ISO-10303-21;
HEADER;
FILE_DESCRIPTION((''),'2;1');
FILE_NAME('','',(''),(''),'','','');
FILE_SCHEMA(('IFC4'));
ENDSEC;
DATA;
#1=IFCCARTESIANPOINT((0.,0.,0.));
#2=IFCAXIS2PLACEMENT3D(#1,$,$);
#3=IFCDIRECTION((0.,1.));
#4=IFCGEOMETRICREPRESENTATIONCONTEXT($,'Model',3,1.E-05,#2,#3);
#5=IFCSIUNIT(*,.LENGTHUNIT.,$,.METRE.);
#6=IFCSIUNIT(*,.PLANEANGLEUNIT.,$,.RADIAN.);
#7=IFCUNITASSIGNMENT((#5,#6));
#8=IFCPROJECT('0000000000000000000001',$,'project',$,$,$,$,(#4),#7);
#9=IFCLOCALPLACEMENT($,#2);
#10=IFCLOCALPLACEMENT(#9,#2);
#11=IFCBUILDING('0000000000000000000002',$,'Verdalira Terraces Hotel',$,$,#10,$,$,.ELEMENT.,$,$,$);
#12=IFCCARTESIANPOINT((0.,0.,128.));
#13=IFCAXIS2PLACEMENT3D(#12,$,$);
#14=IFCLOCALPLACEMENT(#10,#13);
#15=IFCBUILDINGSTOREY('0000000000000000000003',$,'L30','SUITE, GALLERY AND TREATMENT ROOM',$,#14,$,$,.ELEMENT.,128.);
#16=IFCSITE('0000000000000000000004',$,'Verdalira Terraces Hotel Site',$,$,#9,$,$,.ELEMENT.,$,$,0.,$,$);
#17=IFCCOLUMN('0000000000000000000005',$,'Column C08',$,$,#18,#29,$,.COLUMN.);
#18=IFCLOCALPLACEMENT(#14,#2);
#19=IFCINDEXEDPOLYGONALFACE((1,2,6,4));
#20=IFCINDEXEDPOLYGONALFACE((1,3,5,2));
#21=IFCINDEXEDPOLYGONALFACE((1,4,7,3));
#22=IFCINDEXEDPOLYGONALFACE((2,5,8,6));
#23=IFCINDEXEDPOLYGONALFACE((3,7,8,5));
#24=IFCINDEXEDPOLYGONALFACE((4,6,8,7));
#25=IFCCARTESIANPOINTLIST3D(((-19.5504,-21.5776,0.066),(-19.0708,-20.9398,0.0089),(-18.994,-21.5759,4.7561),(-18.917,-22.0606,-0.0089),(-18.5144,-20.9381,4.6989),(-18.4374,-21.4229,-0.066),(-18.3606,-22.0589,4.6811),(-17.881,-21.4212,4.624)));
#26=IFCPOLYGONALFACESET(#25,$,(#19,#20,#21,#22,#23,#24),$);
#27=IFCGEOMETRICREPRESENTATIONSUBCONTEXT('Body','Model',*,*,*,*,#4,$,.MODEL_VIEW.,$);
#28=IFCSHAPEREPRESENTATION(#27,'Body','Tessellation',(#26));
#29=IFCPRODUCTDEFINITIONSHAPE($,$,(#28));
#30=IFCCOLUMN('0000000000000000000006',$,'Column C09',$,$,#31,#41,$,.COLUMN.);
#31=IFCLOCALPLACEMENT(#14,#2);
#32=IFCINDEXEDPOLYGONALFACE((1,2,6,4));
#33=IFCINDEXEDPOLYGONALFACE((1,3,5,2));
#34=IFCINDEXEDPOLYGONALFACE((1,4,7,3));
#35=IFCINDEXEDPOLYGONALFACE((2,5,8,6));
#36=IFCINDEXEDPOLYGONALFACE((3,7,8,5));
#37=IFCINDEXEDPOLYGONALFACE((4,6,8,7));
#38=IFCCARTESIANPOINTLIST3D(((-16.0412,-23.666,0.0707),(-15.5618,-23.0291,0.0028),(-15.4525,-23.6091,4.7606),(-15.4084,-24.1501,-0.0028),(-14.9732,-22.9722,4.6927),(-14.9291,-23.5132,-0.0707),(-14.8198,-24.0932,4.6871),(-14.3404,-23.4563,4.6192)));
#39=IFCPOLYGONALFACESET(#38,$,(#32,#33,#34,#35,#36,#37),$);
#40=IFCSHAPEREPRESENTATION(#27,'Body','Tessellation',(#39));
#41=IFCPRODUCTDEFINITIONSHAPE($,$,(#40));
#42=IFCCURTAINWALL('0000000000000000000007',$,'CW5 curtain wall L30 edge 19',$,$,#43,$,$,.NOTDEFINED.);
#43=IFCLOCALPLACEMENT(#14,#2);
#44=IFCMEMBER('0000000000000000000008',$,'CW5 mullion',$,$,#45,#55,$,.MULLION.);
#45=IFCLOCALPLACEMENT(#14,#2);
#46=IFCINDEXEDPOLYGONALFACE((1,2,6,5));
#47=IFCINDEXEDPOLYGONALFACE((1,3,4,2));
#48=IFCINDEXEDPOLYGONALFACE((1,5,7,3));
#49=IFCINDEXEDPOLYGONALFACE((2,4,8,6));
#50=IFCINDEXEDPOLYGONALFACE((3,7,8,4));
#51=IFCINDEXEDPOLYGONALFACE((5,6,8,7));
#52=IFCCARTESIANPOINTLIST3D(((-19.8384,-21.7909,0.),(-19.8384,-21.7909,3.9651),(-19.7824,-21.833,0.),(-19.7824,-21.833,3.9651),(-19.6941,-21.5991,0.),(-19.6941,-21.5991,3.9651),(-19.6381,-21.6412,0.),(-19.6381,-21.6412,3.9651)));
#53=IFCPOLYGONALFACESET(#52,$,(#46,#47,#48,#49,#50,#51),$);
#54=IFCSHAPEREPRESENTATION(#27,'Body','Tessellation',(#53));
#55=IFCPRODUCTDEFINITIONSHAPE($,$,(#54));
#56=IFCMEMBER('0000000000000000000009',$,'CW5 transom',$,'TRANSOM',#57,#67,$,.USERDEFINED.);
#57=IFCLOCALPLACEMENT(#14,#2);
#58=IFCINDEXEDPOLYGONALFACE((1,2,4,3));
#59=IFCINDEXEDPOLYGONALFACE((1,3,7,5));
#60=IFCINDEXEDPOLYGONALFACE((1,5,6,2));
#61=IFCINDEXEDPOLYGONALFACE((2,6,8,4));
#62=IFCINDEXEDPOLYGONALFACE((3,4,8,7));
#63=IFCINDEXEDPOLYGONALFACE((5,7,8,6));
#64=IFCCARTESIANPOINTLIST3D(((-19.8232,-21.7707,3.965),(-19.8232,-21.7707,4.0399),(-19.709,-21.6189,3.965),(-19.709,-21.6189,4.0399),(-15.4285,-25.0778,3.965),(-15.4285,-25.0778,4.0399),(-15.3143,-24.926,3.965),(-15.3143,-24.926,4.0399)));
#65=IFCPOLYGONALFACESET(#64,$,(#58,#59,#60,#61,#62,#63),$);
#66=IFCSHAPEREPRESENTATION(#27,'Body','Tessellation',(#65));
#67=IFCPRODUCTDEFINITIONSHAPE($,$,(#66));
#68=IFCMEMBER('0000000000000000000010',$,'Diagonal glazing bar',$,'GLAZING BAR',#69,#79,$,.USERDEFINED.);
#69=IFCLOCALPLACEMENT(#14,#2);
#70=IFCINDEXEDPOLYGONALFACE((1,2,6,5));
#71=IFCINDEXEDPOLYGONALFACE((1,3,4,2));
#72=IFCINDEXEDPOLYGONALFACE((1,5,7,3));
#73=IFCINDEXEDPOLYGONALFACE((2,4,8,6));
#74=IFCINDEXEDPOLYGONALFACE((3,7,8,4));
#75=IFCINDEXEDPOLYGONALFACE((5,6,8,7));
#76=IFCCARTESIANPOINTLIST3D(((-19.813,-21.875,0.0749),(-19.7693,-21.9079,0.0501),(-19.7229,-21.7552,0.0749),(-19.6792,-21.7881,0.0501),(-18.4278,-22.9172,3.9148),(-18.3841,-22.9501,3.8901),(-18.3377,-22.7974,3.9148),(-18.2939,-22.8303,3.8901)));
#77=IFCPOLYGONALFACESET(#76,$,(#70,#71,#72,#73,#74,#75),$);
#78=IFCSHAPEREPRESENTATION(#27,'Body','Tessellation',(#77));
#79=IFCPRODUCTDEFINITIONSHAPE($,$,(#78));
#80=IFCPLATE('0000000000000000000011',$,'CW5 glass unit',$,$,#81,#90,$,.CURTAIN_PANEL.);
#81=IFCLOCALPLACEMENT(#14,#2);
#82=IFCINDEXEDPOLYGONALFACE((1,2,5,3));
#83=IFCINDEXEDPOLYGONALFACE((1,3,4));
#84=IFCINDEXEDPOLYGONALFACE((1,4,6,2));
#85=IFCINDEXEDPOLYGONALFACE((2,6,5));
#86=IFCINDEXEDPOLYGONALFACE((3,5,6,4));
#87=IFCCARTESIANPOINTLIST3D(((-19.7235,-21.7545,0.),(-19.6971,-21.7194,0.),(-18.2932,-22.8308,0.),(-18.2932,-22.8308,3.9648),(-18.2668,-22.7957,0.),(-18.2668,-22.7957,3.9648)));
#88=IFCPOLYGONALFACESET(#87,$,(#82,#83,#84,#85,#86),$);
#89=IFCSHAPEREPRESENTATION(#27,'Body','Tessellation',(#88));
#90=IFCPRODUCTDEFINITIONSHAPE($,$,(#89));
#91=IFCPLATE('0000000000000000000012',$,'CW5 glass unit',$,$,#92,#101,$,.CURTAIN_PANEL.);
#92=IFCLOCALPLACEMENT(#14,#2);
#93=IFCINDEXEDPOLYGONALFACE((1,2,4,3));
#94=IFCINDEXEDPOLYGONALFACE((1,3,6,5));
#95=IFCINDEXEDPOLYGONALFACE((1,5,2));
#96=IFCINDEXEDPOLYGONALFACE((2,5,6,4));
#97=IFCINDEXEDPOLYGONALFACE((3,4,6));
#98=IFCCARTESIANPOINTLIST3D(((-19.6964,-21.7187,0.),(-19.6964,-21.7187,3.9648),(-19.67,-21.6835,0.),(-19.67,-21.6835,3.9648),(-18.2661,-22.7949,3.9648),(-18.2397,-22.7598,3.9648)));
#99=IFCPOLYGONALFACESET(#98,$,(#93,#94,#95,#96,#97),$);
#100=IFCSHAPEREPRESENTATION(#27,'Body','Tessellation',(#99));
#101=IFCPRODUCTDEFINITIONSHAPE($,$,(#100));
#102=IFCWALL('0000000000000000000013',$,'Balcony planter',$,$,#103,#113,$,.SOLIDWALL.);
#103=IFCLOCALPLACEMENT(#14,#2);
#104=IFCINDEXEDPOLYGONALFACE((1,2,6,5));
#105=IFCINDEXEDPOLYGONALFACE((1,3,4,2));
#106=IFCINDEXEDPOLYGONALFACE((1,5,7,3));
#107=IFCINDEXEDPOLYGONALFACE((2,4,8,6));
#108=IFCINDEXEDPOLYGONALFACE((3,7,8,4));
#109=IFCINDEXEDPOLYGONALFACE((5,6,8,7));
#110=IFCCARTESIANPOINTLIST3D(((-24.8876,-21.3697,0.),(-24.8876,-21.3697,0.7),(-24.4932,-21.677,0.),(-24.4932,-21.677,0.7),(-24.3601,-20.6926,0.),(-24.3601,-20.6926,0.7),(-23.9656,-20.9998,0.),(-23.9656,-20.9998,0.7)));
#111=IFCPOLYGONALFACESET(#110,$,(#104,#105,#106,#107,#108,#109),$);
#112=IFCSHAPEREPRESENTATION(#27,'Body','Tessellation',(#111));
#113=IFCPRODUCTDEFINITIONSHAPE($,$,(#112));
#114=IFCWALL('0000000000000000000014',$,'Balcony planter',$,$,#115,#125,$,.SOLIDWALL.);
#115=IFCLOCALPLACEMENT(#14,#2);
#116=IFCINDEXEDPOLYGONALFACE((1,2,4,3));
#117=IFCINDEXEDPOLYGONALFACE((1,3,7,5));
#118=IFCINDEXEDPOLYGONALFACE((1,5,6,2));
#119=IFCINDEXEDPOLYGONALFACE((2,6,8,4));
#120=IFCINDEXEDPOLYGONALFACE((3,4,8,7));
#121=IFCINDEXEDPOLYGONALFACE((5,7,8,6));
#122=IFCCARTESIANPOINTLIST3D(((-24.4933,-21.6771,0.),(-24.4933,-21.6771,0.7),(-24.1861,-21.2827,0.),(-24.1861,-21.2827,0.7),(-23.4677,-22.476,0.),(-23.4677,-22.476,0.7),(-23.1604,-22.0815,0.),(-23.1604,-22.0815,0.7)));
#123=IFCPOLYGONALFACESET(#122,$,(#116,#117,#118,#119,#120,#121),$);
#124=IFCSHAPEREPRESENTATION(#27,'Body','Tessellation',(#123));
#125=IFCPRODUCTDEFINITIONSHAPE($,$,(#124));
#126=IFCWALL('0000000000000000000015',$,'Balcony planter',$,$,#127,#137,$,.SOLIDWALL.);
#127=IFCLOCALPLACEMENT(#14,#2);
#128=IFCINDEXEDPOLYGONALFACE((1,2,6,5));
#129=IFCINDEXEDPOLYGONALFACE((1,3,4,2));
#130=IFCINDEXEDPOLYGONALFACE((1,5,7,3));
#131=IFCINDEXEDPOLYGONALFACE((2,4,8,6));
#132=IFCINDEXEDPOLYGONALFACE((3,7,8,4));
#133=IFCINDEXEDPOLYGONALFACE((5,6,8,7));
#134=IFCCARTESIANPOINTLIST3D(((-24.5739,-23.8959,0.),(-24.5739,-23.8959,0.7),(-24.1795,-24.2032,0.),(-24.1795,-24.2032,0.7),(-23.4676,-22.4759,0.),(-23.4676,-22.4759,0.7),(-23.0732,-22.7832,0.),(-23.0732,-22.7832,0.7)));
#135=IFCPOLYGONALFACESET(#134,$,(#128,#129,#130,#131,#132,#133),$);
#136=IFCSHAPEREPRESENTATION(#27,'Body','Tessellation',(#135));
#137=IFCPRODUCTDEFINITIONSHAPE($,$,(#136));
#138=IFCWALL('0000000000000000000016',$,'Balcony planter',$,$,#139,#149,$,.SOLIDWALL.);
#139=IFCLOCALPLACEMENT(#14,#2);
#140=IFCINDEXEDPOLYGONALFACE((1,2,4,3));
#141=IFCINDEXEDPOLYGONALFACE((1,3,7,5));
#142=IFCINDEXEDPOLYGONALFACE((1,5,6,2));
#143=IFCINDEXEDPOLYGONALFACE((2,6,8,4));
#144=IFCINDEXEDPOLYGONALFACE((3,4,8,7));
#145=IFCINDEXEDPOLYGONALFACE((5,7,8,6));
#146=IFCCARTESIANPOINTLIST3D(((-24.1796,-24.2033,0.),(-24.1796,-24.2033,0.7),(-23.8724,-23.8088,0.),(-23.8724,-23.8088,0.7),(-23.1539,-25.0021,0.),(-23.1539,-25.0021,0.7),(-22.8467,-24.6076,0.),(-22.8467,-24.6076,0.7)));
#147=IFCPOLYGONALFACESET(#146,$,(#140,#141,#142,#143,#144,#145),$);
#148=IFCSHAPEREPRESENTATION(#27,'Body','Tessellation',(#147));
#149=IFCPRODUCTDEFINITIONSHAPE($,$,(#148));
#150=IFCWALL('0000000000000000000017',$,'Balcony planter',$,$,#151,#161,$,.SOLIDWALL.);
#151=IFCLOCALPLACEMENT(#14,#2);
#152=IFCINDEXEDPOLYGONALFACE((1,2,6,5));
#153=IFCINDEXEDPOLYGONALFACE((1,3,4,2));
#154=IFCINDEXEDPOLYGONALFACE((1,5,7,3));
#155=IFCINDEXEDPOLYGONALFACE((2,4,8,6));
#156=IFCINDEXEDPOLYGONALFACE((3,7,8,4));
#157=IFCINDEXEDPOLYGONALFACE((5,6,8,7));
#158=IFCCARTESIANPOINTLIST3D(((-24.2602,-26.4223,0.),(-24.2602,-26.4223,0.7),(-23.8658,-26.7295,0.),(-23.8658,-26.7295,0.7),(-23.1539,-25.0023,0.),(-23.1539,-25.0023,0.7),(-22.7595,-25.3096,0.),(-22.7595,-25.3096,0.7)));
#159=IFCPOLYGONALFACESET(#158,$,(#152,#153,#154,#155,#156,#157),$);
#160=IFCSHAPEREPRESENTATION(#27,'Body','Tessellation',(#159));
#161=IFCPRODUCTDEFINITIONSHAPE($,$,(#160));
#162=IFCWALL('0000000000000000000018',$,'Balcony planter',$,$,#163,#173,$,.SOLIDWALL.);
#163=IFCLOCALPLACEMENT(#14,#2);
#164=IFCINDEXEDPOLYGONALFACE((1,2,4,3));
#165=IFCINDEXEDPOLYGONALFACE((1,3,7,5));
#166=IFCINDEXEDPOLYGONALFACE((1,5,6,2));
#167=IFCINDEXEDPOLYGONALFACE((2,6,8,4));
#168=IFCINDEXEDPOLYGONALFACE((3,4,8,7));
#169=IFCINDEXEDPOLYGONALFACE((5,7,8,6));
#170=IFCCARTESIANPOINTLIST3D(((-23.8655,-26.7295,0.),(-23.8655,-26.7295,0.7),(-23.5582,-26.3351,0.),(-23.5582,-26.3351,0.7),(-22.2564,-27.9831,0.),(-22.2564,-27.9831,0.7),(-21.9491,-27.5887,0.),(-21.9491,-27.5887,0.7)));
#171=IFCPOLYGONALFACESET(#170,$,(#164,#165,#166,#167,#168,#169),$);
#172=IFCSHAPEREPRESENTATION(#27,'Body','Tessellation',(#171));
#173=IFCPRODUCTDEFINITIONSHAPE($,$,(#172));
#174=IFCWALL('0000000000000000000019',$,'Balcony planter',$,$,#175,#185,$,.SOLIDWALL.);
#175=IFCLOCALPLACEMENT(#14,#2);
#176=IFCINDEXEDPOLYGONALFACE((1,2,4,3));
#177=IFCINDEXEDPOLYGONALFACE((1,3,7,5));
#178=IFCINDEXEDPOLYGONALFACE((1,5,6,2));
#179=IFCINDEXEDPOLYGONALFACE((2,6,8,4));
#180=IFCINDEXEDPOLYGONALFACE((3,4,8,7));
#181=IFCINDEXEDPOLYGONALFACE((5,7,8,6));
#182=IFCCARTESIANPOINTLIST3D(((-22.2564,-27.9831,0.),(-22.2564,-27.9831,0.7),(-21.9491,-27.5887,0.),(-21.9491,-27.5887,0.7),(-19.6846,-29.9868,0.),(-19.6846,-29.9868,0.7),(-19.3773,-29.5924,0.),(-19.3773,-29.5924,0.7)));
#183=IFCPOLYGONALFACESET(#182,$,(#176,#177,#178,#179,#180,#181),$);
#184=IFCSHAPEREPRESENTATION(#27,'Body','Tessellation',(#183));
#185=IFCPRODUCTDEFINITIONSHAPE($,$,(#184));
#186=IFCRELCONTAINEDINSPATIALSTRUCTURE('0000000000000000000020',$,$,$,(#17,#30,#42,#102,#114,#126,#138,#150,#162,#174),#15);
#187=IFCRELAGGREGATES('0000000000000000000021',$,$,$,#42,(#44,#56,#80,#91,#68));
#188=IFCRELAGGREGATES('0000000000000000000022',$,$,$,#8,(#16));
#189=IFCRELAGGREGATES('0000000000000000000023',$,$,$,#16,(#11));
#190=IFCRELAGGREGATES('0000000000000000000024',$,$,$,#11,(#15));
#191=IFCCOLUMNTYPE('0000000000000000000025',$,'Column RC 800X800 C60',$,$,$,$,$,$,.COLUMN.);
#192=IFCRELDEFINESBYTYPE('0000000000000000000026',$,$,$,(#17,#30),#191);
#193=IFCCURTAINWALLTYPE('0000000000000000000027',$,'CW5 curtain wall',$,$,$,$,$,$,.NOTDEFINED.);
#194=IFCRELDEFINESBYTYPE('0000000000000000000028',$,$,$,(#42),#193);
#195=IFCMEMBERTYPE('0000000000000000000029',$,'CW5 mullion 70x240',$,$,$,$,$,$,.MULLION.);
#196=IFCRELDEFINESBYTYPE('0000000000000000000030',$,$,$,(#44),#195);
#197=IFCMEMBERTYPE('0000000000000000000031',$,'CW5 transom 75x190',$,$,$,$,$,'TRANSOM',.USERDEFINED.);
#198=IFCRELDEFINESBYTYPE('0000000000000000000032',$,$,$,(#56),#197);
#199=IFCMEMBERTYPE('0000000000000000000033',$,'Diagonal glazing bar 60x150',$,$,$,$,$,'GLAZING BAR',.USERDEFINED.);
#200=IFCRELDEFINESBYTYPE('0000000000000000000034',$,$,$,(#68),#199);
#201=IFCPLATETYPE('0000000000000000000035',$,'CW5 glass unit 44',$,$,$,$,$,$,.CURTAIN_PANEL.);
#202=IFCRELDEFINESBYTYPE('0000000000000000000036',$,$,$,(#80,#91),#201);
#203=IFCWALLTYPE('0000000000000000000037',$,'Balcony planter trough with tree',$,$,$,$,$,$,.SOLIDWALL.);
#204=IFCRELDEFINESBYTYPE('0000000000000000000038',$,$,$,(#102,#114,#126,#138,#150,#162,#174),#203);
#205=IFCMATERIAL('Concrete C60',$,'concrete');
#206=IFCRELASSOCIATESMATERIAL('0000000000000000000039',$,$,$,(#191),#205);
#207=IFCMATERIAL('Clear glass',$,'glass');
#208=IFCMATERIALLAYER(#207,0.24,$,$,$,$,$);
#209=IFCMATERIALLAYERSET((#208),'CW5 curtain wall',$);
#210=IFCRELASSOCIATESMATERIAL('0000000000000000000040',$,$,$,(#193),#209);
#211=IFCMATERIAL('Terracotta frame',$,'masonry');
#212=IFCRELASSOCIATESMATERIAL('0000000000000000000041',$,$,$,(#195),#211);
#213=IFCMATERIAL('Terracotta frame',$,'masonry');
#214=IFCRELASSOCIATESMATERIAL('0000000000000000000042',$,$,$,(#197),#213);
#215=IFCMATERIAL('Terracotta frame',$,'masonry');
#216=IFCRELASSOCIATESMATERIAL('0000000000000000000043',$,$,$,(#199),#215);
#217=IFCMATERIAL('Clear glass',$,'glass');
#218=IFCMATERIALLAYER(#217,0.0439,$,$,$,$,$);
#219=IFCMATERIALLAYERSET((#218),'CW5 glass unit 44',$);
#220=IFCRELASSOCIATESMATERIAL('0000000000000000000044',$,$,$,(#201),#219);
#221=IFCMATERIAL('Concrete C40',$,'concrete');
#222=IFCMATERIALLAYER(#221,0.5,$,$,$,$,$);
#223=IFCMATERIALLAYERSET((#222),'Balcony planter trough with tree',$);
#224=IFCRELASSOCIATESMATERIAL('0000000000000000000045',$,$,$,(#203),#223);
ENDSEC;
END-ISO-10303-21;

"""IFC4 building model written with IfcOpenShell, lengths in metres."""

from ifc_helpers import new_model, si_unit, direction, frame, frame_2d, origin, origin_2d, place, context, subcontext, project, spatial, polyline, rectangle, outline, extrude, material, layer, layer_set, material_profile, profile_set, type_object, element, aggregate, save


model = new_model("IFC4")

# Units and contexts
model_context = context("Model", 3, precision=1e-05, world=origin(), true_north=direction((0.0, 1.0)))
body_context = subcontext(model_context, "Body", "Model", "MODEL_VIEW")
ifc_project = project(units=[si_unit("LENGTHUNIT", "METRE"), si_unit("PLANEANGLEUNIT", "RADIAN")], contexts=[model_context])

# Site, building, storey
site_placement = place(None, origin())
site = spatial("IfcSite", under=ifc_project, at=site_placement, Name="Verdalira Terraces Hotel Site", CompositionType="ELEMENT", RefElevation=0.0)
building_placement = place(site_placement, origin())
building = spatial("IfcBuilding", under=site, at=building_placement, Name="Verdalira Terraces Hotel", CompositionType="ELEMENT")
storey_placement = place(building_placement, frame((0.0, 0.0, 128.0)))
storey = spatial("IfcBuildingStorey", under=building, at=storey_placement, Name="L30", Description="SUITE, GALLERY AND TREATMENT ROOM", CompositionType="ELEMENT", Elevation=128.0)

# Columns
ifc_material_1 = material(Name="Concrete C60", Category="concrete")
ifc_material_profile_1 = material_profile(ifc_material_1, rectangle(XDim=0.8, YDim=0.8, at=origin_2d()), Name="RC 800X800")
ifc_profile_set_1 = profile_set([ifc_material_profile_1], Name="Concrete C60")
column_type = type_object("IfcColumnType", Name="Column RC 800X800 C60", PredefinedType="COLUMN", material=ifc_profile_set_1)
column_1_placement = place(storey_placement, frame((-18.9939, -21.5002, 0.0), z_axis=(0.11781, 0.000362, 0.993036), x_axis=(0.791659, -0.603736, -0.093699)))
element("IfcColumn", 1, at=column_1_placement, inside=storey, type_object=column_type, Name="Column C08", PredefinedType="COLUMN", context=body_context, shape_type="SweptSolid", body=[
    extrude(rectangle(XDim=0.8, YDim=0.8, at=origin_2d()), origin(), (0.0, 0.0, 1.0), 4.7229),
])
column_2_placement = place(storey_placement, frame((-15.4851, -23.5896, 0.0), z_axis=(0.124522, 0.012034, 0.992144), x_axis=(0.790863, -0.605051, -0.091921)))
element("IfcColumn", 2, at=column_2_placement, inside=storey, type_object=column_type, Name="Column C09", PredefinedType="COLUMN", context=body_context, shape_type="SweptSolid", body=[
    extrude(rectangle(XDim=0.8, YDim=0.8, at=origin_2d()), origin(), (0.0, 0.0, 1.0), 4.7271),
])

# Curtain wall, members, plates
ifc_material_2 = material(Name="Clear glass", Category="glass")
ifc_layer_1 = layer(ifc_material_2, 0.24)
ifc_layer_set_1 = layer_set([ifc_layer_1], Name="CW5 curtain wall")
curtain_wall_type = type_object("IfcCurtainWallType", Name="CW5 curtain wall", PredefinedType="NOTDEFINED", material=ifc_layer_set_1)
curtain_wall_placement = place(storey_placement, origin())
curtain_wall = element("IfcCurtainWall", 3, at=curtain_wall_placement, inside=storey, type_object=curtain_wall_type, Name="CW5 curtain wall L30 edge 19", PredefinedType="NOTDEFINED")
ifc_material_3 = material(Name="Terracotta frame", Category="masonry")
ifc_material_profile_2 = material_profile(ifc_material_3, rectangle(XDim=0.0701, YDim=0.24, at=origin_2d()), Name="MU 70x240")
ifc_profile_set_2 = profile_set([ifc_material_profile_2], Name="Terracotta frame")
member_type_1 = type_object("IfcMemberType", Name="CW5 mullion 70x240", PredefinedType="MULLION", material=ifc_profile_set_2)
member_1_placement = place(storey_placement, frame((-19.7383, -21.7161, 0.0), z_axis=(0.0, 0.0, 1.0), x_axis=(0.799055, -0.601257, 0.0)))
member_1 = element("IfcMember", 4, at=member_1_placement, type_object=member_type_1, Name="CW5 mullion", PredefinedType="MULLION", context=body_context, shape_type="SweptSolid", body=[
    extrude(rectangle(XDim=0.0701, YDim=0.24, at=origin_2d()), origin(), (0.0, 0.0, 1.0), 3.9651),
])
ifc_material_4 = material(Name="Terracotta frame", Category="masonry")
ifc_material_profile_3 = material_profile(ifc_material_4, rectangle(XDim=0.1899, YDim=0.075, at=origin_2d()), Name="TR 75x190")
ifc_profile_set_3 = profile_set([ifc_material_profile_3], Name="Terracotta frame")
member_type_2 = type_object("IfcMemberType", Name="CW5 transom 75x190", ElementType="TRANSOM", PredefinedType="USERDEFINED", material=ifc_profile_set_3)
member_2_placement = place(storey_placement, frame((-19.7661, -21.6948, 4.0024), z_axis=(0.799035, -0.601285, 0.0), x_axis=(0.601285, 0.799035, 0.0)))
member_2 = element("IfcMember", 5, at=member_2_placement, type_object=member_type_2, Name="CW5 transom", ObjectType="TRANSOM", PredefinedType="USERDEFINED", context=body_context, shape_type="SweptSolid", body=[
    extrude(rectangle(XDim=0.1899, YDim=0.075, at=origin_2d()), origin(), (0.0, 0.0, 1.0), 5.5),
])
ifc_material_5 = material(Name="Terracotta frame", Category="masonry")
ifc_material_profile_4 = material_profile(ifc_material_5, rectangle(XDim=0.1499, YDim=0.0601, at=origin_2d()), Name="GB 60x150")
ifc_profile_set_4 = profile_set([ifc_material_profile_4], Name="Terracotta frame")
member_type_3 = type_object("IfcMemberType", Name="Diagonal glazing bar 60x150", ElementType="GLAZING BAR", PredefinedType="USERDEFINED", material=ifc_profile_set_4)
member_3_placement = place(storey_placement, frame((-19.7461, -21.8315, 0.0625), z_axis=(0.328785, -0.247371, 0.911432), x_axis=(0.601216, 0.799086, 0.0)))
member_3 = element("IfcMember", 6, at=member_3_placement, type_object=member_type_3, Name="Diagonal glazing bar", ObjectType="GLAZING BAR", PredefinedType="USERDEFINED", context=body_context, shape_type="SweptSolid", body=[
    extrude(rectangle(XDim=0.1499, YDim=0.0601, at=origin_2d()), origin(), (0.0, 0.0, 1.0), 4.2131),
])
ifc_material_6 = material(Name="Clear glass", Category="glass")
ifc_layer_2 = layer(ifc_material_6, 0.0439)
ifc_layer_set_2 = layer_set([ifc_layer_2], Name="CW5 glass unit 44")
plate_type = type_object("IfcPlateType", Name="CW5 glass unit 44", PredefinedType="CURTAIN_PANEL", material=ifc_layer_set_2)
plate_1_placement = place(storey_placement, frame((-18.9819, -22.2576, 1.9824), z_axis=(-0.601257, -0.799055, 0.0), x_axis=(0.799055, -0.601257, 0.0)))
plate_1 = element("IfcPlate", 7, at=plate_1_placement, type_object=plate_type, Name="CW5 glass unit", PredefinedType="CURTAIN_PANEL", context=body_context, shape_type="SweptSolid", body=[
    extrude(outline(polyline([(-0.895, -1.9824), (0.895, -1.9824), (0.895, 1.9824), (-0.895, -1.9824)])), origin(), (0.0, 0.0, 1.0), 0.0439),
])
plate_2_placement = place(storey_placement, frame((-18.9548, -22.2217, 1.9824), z_axis=(-0.601257, -0.799055, 0.0), x_axis=(0.799055, -0.601257, 0.0)))
plate_2 = element("IfcPlate", 8, at=plate_2_placement, type_object=plate_type, Name="CW5 glass unit", PredefinedType="CURTAIN_PANEL", context=body_context, shape_type="SweptSolid", body=[
    extrude(outline(polyline([(-0.895, -1.9824), (0.895, 1.9824), (-0.895, 1.9824), (-0.895, -1.9824)])), origin(), (0.0, 0.0, 1.0), 0.0439),
])
aggregate(curtain_wall, [member_1, member_2, plate_1, plate_2, member_3])

# Walls
ifc_material_7 = material(Name="Concrete C40", Category="concrete")
ifc_layer_3 = layer(ifc_material_7, 0.5)
ifc_layer_set_3 = layer_set([ifc_layer_3], Name="Balcony planter trough with tree")
wall_type = type_object("IfcWallType", Name="Balcony planter trough with tree", PredefinedType="SOLIDWALL", material=ifc_layer_set_3)
wall_1_placement = place(storey_placement, frame((-24.1628, -20.8462, 0.0), z_axis=(0.0, 0.0, 1.0), x_axis=(-0.614551, -0.788877, 0.0)))
element("IfcWall", 9, at=wall_1_placement, inside=storey, type_object=wall_type, Name="Balcony planter", PredefinedType="SOLIDWALL", context=body_context, shape_type="SweptSolid", body=[
    extrude(rectangle(XDim=0.8584, YDim=0.5, at=frame_2d((0.4292, 0.0))), origin(), (0.0, 0.0, 1.0), 0.7),
])
wall_2_placement = place(storey_placement, frame((-24.3396, -21.48, 0.0), z_axis=(0.0, 0.0, 1.0), x_axis=(0.788937, -0.614474, 0.0)))
element("IfcWall", 10, at=wall_2_placement, inside=storey, type_object=wall_type, Name="Balcony planter", PredefinedType="SOLIDWALL", context=body_context, shape_type="SweptSolid", body=[
    extrude(rectangle(XDim=1.3, YDim=0.5, at=frame_2d((0.6499, 0.0))), origin(), (0.0, 0.0, 1.0), 0.7),
])
wall_3_placement = place(storey_placement, frame((-23.2705, -22.6296, 0.0), z_axis=(0.0, 0.0, 1.0), x_axis=(-0.61457, -0.788863, 0.0)))
element("IfcWall", 11, at=wall_3_placement, inside=storey, type_object=wall_type, Name="Balcony planter", PredefinedType="SOLIDWALL", context=body_context, shape_type="SweptSolid", body=[
    extrude(rectangle(XDim=1.8, YDim=0.5, at=frame_2d((0.8999, 0.0))), origin(), (0.0, 0.0, 1.0), 0.7),
])
wall_4_placement = place(storey_placement, frame((-24.0259, -24.0061, 0.0), z_axis=(0.0, 0.0, 1.0), x_axis=(0.788937, -0.614474, 0.0)))
element("IfcWall", 12, at=wall_4_placement, inside=storey, type_object=wall_type, Name="Balcony planter", PredefinedType="SOLIDWALL", context=body_context, shape_type="SweptSolid", body=[
    extrude(rectangle(XDim=1.3, YDim=0.5, at=frame_2d((0.6499, 0.0))), origin(), (0.0, 0.0, 1.0), 0.7),
])
wall_5_placement = place(storey_placement, frame((-22.9568, -25.156, 0.0), z_axis=(0.0, 0.0, 1.0), x_axis=(-0.61457, -0.788863, 0.0)))
element("IfcWall", 13, at=wall_5_placement, inside=storey, type_object=wall_type, Name="Balcony planter", PredefinedType="SOLIDWALL", context=body_context, shape_type="SweptSolid", body=[
    extrude(rectangle(XDim=1.8, YDim=0.5, at=frame_2d((0.8999, 0.0))), origin(), (0.0, 0.0, 1.0), 0.7),
])
wall_6_placement = place(storey_placement, frame((-23.7119, -26.5322, 0.0), z_axis=(0.0, 0.0, 1.0), x_axis=(0.788849, -0.614587, 0.0)))
element("IfcWall", 14, at=wall_6_placement, inside=storey, type_object=wall_type, Name="Balcony planter", PredefinedType="SOLIDWALL", context=body_context, shape_type="SweptSolid", body=[
    extrude(rectangle(XDim=2.0398, YDim=0.5, at=frame_2d((1.02, 0.0))), origin(), (0.0, 0.0, 1.0), 0.7),
])
wall_7_placement = place(storey_placement, frame((-22.1028, -27.7859, 0.0), z_axis=(0.0, 0.0, 1.0), x_axis=(0.788848, -0.614588, 0.0)))
element("IfcWall", 15, at=wall_7_placement, inside=storey, type_object=wall_type, Name="Balcony planter", PredefinedType="SOLIDWALL", context=body_context, shape_type="SweptSolid", body=[
    extrude(rectangle(XDim=3.2603, YDim=0.5, at=frame_2d((1.6301, 0.0))), origin(), (0.0, 0.0, 1.0), 0.7),
])

save(model, "model.ifc")
